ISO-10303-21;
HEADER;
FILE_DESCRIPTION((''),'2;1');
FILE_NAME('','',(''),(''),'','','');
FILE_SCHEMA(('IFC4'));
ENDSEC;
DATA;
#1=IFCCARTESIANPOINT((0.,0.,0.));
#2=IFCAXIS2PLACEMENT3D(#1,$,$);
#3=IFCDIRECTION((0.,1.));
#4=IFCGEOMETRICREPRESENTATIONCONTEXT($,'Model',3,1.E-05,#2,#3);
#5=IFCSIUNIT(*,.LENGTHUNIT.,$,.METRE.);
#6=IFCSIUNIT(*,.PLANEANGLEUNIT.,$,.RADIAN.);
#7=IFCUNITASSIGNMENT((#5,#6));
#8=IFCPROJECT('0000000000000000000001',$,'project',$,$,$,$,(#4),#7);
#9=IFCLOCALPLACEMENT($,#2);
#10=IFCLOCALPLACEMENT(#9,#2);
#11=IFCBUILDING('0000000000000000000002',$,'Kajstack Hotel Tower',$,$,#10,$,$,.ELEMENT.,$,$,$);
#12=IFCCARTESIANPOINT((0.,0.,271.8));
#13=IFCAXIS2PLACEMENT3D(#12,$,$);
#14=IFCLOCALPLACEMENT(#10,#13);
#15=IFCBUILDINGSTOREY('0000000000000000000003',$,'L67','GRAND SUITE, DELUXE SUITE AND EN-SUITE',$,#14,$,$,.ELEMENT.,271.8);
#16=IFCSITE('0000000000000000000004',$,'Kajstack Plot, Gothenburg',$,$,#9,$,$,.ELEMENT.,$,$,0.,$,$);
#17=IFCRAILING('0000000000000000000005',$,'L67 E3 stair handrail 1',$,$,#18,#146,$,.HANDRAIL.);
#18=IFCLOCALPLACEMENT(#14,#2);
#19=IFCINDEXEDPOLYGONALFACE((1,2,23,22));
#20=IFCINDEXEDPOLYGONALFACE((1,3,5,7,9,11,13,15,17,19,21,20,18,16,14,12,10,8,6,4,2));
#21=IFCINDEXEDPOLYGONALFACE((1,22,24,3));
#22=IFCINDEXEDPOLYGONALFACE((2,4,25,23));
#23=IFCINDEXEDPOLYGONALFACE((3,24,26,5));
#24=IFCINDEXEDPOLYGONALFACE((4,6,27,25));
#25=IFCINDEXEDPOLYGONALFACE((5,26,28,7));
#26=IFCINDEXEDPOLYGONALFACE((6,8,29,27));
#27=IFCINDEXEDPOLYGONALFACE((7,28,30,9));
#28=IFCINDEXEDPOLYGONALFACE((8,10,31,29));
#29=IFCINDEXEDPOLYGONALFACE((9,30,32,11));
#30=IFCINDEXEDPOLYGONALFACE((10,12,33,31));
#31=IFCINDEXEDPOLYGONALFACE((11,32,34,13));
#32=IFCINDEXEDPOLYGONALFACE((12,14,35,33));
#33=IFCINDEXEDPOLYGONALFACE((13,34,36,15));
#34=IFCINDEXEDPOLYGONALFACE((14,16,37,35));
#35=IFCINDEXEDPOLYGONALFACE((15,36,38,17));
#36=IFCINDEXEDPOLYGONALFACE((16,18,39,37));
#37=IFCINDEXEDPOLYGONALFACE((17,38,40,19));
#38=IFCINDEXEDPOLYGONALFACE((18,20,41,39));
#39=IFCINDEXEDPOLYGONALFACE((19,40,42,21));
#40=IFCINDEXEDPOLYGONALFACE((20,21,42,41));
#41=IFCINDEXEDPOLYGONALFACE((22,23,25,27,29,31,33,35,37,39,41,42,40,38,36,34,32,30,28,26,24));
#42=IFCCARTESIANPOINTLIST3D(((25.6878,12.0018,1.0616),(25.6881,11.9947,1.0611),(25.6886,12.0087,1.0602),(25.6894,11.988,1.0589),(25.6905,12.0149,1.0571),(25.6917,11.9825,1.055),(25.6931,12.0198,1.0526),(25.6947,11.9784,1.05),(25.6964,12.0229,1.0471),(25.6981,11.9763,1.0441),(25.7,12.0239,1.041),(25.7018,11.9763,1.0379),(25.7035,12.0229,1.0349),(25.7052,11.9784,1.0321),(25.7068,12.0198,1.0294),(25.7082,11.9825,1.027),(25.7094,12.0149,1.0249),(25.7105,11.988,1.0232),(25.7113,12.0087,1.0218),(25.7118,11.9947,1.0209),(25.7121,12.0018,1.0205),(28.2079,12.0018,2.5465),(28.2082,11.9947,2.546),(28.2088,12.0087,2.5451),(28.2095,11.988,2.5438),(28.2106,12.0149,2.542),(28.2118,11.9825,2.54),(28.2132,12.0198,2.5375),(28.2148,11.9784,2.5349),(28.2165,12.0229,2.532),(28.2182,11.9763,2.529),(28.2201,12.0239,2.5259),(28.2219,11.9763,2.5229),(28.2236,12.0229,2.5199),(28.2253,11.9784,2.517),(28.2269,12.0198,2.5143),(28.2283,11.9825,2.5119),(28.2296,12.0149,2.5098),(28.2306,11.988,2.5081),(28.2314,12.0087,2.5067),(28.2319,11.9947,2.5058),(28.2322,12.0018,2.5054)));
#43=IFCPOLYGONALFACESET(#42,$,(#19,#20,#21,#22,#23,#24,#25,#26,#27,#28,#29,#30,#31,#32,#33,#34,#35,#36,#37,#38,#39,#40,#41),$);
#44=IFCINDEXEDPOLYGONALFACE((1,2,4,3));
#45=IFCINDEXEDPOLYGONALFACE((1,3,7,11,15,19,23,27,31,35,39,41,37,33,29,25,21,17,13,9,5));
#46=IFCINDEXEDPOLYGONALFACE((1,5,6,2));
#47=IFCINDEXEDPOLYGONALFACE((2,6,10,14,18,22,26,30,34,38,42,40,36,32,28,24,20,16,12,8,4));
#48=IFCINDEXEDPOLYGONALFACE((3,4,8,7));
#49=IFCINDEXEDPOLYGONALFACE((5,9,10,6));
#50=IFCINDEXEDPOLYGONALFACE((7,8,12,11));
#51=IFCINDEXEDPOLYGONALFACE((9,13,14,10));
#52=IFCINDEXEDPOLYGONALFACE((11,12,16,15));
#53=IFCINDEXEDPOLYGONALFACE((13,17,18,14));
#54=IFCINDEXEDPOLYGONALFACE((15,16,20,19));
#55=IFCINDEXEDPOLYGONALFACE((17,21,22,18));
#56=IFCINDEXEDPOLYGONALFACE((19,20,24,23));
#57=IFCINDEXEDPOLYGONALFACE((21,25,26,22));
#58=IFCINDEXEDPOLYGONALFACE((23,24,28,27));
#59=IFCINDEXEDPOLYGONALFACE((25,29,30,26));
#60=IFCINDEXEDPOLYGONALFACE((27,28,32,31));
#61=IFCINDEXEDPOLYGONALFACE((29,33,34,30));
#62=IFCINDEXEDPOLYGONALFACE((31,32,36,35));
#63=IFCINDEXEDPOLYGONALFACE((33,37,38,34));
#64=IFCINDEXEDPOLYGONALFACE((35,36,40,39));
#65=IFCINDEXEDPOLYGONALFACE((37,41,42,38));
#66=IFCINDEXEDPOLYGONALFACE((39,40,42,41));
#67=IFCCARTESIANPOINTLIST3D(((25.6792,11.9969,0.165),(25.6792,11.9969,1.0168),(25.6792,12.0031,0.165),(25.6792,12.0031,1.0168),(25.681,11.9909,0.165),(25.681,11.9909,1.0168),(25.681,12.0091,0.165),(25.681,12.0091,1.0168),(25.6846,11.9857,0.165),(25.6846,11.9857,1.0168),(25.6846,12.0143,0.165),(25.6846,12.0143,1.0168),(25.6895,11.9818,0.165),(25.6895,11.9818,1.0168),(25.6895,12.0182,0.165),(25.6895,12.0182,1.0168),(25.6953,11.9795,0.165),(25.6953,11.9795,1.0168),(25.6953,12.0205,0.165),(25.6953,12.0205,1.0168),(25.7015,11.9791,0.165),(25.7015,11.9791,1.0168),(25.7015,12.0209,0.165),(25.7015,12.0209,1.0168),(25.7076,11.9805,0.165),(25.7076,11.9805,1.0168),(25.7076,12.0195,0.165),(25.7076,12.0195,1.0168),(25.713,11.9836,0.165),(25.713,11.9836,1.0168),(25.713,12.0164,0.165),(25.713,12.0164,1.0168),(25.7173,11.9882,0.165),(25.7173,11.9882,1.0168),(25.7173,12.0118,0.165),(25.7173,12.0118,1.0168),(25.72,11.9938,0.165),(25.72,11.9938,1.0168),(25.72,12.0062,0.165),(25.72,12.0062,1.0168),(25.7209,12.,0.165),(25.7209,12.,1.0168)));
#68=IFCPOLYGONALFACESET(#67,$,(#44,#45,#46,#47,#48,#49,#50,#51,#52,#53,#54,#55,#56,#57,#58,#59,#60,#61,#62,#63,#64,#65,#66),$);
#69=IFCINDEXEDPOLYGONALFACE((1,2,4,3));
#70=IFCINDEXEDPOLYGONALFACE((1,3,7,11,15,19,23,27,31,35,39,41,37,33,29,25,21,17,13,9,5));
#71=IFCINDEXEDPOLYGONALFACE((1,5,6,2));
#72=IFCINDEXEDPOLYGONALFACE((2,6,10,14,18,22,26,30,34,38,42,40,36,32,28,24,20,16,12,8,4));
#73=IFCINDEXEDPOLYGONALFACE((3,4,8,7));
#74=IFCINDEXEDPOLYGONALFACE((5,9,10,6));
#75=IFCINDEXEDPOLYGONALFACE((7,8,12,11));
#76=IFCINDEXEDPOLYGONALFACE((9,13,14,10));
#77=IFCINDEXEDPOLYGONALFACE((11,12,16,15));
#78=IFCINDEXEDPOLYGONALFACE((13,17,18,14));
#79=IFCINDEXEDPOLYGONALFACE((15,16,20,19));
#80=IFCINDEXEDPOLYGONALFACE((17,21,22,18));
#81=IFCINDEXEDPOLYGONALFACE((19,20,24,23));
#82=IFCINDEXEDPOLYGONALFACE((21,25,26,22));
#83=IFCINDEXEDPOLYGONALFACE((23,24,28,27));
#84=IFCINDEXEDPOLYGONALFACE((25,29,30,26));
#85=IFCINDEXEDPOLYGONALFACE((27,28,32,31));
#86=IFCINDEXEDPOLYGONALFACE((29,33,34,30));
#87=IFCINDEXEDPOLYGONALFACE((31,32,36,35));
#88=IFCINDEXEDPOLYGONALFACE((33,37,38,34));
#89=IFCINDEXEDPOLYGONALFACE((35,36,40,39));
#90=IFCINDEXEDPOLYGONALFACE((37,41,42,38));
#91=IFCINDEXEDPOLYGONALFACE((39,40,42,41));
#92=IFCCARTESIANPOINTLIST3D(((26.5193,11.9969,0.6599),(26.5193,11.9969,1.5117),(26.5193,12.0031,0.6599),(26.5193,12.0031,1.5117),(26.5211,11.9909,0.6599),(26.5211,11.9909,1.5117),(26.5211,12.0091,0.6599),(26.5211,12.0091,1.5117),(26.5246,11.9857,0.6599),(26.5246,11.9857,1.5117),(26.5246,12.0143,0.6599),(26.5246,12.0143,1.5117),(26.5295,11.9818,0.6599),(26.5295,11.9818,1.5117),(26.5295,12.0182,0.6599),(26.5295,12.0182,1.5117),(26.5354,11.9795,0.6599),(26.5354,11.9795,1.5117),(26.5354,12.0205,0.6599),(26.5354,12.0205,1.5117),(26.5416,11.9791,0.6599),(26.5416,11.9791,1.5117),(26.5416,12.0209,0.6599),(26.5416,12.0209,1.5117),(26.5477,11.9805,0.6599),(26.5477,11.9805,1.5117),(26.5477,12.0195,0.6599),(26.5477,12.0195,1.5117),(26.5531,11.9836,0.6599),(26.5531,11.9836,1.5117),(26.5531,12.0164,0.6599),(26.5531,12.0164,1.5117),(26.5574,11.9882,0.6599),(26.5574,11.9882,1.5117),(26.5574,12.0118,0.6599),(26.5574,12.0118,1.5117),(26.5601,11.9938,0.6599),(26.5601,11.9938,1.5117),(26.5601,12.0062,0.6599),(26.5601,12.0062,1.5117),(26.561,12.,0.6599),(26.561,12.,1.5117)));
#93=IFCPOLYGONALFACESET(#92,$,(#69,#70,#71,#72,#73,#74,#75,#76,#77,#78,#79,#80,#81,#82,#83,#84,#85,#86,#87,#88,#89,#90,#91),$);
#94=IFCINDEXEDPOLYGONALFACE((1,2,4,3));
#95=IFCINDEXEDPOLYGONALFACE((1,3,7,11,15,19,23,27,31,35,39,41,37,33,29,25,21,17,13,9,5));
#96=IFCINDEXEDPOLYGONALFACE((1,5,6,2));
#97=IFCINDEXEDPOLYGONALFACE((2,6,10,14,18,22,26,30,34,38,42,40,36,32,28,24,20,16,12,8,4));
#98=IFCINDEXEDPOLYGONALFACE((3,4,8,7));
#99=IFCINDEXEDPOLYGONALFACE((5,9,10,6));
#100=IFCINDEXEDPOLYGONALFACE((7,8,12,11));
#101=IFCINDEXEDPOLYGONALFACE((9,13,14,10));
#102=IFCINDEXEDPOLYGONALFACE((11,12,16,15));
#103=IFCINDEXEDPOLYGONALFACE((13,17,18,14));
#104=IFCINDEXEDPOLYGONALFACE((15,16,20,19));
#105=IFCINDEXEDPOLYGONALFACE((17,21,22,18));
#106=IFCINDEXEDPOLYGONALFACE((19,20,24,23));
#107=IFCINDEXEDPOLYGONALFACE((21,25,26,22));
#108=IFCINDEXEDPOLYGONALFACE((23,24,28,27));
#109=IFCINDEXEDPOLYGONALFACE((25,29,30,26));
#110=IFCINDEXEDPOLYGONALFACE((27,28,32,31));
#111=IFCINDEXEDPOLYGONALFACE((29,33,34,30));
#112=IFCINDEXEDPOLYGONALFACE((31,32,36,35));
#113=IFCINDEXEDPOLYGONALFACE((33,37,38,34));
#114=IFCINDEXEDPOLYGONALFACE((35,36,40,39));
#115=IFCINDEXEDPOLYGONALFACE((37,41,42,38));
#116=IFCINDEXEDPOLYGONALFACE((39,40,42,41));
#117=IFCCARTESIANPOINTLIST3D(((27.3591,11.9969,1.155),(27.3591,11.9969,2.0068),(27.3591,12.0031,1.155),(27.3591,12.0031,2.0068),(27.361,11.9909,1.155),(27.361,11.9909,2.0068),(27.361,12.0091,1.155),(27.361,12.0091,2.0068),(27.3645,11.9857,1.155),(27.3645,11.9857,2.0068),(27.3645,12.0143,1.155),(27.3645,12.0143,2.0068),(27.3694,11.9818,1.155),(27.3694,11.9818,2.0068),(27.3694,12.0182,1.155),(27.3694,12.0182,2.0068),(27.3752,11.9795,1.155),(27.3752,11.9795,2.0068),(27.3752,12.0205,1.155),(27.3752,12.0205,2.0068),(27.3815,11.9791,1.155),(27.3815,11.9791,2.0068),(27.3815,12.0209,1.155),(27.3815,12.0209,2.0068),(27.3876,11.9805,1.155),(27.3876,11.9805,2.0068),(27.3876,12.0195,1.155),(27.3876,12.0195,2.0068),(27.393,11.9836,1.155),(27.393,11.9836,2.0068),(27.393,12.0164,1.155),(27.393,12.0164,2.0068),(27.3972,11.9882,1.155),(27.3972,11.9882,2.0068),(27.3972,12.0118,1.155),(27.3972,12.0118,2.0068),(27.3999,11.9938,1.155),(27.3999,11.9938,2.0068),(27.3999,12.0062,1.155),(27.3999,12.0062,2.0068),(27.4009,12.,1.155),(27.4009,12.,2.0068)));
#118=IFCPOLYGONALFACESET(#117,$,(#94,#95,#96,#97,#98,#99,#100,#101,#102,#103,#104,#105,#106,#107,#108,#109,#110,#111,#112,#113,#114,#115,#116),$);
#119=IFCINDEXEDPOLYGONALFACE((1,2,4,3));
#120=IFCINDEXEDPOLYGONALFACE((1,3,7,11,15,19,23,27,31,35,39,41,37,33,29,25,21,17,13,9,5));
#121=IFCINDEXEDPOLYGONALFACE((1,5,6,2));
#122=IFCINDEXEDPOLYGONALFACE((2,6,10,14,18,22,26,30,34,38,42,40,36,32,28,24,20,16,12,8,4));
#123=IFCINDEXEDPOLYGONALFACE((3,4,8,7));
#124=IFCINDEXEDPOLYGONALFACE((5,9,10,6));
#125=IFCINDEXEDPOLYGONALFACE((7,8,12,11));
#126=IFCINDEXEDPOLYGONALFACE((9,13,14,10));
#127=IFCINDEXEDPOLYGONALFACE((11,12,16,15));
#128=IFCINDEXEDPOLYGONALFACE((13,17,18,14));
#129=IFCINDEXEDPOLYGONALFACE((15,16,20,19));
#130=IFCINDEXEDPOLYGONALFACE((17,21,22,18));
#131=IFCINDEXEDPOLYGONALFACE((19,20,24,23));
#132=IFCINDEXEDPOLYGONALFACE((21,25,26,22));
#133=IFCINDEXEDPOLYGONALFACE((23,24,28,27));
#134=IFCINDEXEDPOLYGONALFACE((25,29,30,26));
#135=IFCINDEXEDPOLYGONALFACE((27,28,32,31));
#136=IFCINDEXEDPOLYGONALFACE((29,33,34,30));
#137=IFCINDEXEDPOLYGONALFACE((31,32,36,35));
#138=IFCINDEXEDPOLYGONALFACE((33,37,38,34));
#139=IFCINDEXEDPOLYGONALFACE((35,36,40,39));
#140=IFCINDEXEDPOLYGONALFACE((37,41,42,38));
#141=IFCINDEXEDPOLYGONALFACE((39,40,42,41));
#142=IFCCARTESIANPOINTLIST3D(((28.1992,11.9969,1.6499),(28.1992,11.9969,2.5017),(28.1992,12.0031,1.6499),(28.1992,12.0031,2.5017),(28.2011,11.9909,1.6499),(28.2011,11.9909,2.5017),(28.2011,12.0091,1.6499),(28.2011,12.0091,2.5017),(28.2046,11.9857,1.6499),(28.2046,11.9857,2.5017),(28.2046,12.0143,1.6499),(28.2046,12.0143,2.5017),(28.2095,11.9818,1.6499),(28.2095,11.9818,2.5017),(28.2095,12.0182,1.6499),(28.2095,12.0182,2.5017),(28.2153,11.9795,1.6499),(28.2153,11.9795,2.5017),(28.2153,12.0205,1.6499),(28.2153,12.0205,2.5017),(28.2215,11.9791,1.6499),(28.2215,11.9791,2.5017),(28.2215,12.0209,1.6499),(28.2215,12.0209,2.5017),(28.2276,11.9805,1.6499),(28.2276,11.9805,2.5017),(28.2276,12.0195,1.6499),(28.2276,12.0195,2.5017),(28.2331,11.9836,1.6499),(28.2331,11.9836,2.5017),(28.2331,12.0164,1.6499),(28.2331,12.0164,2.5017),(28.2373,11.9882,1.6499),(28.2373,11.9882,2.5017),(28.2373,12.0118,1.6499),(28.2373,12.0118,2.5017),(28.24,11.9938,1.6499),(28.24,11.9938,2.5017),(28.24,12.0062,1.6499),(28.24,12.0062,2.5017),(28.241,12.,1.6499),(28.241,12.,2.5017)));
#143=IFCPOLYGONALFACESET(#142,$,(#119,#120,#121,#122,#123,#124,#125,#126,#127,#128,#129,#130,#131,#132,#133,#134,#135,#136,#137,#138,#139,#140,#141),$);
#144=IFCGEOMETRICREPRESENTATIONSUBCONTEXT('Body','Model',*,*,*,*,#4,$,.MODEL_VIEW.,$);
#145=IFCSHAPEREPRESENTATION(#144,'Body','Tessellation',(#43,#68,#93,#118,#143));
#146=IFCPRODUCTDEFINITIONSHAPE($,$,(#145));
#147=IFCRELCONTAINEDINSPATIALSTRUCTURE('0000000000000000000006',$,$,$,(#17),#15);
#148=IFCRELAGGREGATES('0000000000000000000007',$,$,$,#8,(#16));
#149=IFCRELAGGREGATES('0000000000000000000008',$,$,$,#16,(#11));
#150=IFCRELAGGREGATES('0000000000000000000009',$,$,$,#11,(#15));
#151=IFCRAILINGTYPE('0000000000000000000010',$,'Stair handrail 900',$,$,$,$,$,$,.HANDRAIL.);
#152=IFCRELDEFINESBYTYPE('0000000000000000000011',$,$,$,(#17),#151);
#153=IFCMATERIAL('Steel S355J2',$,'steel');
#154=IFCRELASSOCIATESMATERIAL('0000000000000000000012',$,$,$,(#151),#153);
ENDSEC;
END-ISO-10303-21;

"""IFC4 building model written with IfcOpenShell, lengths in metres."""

from ifc_helpers import new_model, si_unit, direction, frame, origin, origin_2d, place, context, subcontext, project, spatial, circle, extrude, material, type_object, element, save


model = new_model("IFC4")

# Units and contexts
model_context = context("Model", 3, precision=1e-05, world=origin(), true_north=direction((0.0, 1.0)))
body_context = subcontext(model_context, "Body", "Model", "MODEL_VIEW")
ifc_project = project(units=[si_unit("LENGTHUNIT", "METRE"), si_unit("PLANEANGLEUNIT", "RADIAN")], contexts=[model_context])

# Site, building, storey
site_placement = place(None, origin())
site = spatial("IfcSite", under=ifc_project, at=site_placement, Name="Kajstack Plot, Gothenburg", CompositionType="ELEMENT", RefElevation=0.0)
building_placement = place(site_placement, origin())
building = spatial("IfcBuilding", under=site, at=building_placement, Name="Kajstack Hotel Tower", CompositionType="ELEMENT")
storey_placement = place(building_placement, frame((0.0, 0.0, 271.8)))
storey = spatial("IfcBuildingStorey", under=building, at=storey_placement, Name="L67", Description="GRAND SUITE, DELUXE SUITE AND EN-SUITE", CompositionType="ELEMENT", Elevation=271.8)

# Railing
ifc_material_1 = material(Name="Steel S355J2", Category="steel")
railing_type_1 = type_object("IfcRailingType", Name="Stair handrail 900", PredefinedType="HANDRAIL", material=ifc_material_1)
railing_1_placement = place(storey_placement, frame((25.7, 12.0, 0.165)))
element("IfcRailing", 1, at=railing_1_placement, inside=storey, type_object=railing_type_1, Name="L67 E3 stair handrail 1", PredefinedType="HANDRAIL", context=body_context, shape_type="SweptSolid", body=[
    extrude(circle(Radius=0.0239, at=origin_2d()), frame((0.0, 0.0, 0.876), z_axis=(0.861561, 0.0, 0.507655), x_axis=(0.0, 1.0, 0.0)), (0.0, 0.0, 1.0), 2.925),
    extrude(circle(Radius=0.021, at=origin_2d()), origin(), (0.0, 0.0, 1.0), 0.8518),
    extrude(circle(Radius=0.021, at=origin_2d()), frame((0.8401, 0.0, 0.4949)), (0.0, 0.0, 1.0), 0.8518),
    extrude(circle(Radius=0.021, at=origin_2d()), frame((1.6799, 0.0, 0.99)), (0.0, 0.0, 1.0), 0.8518),
    extrude(circle(Radius=0.021, at=origin_2d()), frame((2.52, 0.0, 1.4849)), (0.0, 0.0, 1.0), 0.8518),
])

save(model, "model.ifc")
